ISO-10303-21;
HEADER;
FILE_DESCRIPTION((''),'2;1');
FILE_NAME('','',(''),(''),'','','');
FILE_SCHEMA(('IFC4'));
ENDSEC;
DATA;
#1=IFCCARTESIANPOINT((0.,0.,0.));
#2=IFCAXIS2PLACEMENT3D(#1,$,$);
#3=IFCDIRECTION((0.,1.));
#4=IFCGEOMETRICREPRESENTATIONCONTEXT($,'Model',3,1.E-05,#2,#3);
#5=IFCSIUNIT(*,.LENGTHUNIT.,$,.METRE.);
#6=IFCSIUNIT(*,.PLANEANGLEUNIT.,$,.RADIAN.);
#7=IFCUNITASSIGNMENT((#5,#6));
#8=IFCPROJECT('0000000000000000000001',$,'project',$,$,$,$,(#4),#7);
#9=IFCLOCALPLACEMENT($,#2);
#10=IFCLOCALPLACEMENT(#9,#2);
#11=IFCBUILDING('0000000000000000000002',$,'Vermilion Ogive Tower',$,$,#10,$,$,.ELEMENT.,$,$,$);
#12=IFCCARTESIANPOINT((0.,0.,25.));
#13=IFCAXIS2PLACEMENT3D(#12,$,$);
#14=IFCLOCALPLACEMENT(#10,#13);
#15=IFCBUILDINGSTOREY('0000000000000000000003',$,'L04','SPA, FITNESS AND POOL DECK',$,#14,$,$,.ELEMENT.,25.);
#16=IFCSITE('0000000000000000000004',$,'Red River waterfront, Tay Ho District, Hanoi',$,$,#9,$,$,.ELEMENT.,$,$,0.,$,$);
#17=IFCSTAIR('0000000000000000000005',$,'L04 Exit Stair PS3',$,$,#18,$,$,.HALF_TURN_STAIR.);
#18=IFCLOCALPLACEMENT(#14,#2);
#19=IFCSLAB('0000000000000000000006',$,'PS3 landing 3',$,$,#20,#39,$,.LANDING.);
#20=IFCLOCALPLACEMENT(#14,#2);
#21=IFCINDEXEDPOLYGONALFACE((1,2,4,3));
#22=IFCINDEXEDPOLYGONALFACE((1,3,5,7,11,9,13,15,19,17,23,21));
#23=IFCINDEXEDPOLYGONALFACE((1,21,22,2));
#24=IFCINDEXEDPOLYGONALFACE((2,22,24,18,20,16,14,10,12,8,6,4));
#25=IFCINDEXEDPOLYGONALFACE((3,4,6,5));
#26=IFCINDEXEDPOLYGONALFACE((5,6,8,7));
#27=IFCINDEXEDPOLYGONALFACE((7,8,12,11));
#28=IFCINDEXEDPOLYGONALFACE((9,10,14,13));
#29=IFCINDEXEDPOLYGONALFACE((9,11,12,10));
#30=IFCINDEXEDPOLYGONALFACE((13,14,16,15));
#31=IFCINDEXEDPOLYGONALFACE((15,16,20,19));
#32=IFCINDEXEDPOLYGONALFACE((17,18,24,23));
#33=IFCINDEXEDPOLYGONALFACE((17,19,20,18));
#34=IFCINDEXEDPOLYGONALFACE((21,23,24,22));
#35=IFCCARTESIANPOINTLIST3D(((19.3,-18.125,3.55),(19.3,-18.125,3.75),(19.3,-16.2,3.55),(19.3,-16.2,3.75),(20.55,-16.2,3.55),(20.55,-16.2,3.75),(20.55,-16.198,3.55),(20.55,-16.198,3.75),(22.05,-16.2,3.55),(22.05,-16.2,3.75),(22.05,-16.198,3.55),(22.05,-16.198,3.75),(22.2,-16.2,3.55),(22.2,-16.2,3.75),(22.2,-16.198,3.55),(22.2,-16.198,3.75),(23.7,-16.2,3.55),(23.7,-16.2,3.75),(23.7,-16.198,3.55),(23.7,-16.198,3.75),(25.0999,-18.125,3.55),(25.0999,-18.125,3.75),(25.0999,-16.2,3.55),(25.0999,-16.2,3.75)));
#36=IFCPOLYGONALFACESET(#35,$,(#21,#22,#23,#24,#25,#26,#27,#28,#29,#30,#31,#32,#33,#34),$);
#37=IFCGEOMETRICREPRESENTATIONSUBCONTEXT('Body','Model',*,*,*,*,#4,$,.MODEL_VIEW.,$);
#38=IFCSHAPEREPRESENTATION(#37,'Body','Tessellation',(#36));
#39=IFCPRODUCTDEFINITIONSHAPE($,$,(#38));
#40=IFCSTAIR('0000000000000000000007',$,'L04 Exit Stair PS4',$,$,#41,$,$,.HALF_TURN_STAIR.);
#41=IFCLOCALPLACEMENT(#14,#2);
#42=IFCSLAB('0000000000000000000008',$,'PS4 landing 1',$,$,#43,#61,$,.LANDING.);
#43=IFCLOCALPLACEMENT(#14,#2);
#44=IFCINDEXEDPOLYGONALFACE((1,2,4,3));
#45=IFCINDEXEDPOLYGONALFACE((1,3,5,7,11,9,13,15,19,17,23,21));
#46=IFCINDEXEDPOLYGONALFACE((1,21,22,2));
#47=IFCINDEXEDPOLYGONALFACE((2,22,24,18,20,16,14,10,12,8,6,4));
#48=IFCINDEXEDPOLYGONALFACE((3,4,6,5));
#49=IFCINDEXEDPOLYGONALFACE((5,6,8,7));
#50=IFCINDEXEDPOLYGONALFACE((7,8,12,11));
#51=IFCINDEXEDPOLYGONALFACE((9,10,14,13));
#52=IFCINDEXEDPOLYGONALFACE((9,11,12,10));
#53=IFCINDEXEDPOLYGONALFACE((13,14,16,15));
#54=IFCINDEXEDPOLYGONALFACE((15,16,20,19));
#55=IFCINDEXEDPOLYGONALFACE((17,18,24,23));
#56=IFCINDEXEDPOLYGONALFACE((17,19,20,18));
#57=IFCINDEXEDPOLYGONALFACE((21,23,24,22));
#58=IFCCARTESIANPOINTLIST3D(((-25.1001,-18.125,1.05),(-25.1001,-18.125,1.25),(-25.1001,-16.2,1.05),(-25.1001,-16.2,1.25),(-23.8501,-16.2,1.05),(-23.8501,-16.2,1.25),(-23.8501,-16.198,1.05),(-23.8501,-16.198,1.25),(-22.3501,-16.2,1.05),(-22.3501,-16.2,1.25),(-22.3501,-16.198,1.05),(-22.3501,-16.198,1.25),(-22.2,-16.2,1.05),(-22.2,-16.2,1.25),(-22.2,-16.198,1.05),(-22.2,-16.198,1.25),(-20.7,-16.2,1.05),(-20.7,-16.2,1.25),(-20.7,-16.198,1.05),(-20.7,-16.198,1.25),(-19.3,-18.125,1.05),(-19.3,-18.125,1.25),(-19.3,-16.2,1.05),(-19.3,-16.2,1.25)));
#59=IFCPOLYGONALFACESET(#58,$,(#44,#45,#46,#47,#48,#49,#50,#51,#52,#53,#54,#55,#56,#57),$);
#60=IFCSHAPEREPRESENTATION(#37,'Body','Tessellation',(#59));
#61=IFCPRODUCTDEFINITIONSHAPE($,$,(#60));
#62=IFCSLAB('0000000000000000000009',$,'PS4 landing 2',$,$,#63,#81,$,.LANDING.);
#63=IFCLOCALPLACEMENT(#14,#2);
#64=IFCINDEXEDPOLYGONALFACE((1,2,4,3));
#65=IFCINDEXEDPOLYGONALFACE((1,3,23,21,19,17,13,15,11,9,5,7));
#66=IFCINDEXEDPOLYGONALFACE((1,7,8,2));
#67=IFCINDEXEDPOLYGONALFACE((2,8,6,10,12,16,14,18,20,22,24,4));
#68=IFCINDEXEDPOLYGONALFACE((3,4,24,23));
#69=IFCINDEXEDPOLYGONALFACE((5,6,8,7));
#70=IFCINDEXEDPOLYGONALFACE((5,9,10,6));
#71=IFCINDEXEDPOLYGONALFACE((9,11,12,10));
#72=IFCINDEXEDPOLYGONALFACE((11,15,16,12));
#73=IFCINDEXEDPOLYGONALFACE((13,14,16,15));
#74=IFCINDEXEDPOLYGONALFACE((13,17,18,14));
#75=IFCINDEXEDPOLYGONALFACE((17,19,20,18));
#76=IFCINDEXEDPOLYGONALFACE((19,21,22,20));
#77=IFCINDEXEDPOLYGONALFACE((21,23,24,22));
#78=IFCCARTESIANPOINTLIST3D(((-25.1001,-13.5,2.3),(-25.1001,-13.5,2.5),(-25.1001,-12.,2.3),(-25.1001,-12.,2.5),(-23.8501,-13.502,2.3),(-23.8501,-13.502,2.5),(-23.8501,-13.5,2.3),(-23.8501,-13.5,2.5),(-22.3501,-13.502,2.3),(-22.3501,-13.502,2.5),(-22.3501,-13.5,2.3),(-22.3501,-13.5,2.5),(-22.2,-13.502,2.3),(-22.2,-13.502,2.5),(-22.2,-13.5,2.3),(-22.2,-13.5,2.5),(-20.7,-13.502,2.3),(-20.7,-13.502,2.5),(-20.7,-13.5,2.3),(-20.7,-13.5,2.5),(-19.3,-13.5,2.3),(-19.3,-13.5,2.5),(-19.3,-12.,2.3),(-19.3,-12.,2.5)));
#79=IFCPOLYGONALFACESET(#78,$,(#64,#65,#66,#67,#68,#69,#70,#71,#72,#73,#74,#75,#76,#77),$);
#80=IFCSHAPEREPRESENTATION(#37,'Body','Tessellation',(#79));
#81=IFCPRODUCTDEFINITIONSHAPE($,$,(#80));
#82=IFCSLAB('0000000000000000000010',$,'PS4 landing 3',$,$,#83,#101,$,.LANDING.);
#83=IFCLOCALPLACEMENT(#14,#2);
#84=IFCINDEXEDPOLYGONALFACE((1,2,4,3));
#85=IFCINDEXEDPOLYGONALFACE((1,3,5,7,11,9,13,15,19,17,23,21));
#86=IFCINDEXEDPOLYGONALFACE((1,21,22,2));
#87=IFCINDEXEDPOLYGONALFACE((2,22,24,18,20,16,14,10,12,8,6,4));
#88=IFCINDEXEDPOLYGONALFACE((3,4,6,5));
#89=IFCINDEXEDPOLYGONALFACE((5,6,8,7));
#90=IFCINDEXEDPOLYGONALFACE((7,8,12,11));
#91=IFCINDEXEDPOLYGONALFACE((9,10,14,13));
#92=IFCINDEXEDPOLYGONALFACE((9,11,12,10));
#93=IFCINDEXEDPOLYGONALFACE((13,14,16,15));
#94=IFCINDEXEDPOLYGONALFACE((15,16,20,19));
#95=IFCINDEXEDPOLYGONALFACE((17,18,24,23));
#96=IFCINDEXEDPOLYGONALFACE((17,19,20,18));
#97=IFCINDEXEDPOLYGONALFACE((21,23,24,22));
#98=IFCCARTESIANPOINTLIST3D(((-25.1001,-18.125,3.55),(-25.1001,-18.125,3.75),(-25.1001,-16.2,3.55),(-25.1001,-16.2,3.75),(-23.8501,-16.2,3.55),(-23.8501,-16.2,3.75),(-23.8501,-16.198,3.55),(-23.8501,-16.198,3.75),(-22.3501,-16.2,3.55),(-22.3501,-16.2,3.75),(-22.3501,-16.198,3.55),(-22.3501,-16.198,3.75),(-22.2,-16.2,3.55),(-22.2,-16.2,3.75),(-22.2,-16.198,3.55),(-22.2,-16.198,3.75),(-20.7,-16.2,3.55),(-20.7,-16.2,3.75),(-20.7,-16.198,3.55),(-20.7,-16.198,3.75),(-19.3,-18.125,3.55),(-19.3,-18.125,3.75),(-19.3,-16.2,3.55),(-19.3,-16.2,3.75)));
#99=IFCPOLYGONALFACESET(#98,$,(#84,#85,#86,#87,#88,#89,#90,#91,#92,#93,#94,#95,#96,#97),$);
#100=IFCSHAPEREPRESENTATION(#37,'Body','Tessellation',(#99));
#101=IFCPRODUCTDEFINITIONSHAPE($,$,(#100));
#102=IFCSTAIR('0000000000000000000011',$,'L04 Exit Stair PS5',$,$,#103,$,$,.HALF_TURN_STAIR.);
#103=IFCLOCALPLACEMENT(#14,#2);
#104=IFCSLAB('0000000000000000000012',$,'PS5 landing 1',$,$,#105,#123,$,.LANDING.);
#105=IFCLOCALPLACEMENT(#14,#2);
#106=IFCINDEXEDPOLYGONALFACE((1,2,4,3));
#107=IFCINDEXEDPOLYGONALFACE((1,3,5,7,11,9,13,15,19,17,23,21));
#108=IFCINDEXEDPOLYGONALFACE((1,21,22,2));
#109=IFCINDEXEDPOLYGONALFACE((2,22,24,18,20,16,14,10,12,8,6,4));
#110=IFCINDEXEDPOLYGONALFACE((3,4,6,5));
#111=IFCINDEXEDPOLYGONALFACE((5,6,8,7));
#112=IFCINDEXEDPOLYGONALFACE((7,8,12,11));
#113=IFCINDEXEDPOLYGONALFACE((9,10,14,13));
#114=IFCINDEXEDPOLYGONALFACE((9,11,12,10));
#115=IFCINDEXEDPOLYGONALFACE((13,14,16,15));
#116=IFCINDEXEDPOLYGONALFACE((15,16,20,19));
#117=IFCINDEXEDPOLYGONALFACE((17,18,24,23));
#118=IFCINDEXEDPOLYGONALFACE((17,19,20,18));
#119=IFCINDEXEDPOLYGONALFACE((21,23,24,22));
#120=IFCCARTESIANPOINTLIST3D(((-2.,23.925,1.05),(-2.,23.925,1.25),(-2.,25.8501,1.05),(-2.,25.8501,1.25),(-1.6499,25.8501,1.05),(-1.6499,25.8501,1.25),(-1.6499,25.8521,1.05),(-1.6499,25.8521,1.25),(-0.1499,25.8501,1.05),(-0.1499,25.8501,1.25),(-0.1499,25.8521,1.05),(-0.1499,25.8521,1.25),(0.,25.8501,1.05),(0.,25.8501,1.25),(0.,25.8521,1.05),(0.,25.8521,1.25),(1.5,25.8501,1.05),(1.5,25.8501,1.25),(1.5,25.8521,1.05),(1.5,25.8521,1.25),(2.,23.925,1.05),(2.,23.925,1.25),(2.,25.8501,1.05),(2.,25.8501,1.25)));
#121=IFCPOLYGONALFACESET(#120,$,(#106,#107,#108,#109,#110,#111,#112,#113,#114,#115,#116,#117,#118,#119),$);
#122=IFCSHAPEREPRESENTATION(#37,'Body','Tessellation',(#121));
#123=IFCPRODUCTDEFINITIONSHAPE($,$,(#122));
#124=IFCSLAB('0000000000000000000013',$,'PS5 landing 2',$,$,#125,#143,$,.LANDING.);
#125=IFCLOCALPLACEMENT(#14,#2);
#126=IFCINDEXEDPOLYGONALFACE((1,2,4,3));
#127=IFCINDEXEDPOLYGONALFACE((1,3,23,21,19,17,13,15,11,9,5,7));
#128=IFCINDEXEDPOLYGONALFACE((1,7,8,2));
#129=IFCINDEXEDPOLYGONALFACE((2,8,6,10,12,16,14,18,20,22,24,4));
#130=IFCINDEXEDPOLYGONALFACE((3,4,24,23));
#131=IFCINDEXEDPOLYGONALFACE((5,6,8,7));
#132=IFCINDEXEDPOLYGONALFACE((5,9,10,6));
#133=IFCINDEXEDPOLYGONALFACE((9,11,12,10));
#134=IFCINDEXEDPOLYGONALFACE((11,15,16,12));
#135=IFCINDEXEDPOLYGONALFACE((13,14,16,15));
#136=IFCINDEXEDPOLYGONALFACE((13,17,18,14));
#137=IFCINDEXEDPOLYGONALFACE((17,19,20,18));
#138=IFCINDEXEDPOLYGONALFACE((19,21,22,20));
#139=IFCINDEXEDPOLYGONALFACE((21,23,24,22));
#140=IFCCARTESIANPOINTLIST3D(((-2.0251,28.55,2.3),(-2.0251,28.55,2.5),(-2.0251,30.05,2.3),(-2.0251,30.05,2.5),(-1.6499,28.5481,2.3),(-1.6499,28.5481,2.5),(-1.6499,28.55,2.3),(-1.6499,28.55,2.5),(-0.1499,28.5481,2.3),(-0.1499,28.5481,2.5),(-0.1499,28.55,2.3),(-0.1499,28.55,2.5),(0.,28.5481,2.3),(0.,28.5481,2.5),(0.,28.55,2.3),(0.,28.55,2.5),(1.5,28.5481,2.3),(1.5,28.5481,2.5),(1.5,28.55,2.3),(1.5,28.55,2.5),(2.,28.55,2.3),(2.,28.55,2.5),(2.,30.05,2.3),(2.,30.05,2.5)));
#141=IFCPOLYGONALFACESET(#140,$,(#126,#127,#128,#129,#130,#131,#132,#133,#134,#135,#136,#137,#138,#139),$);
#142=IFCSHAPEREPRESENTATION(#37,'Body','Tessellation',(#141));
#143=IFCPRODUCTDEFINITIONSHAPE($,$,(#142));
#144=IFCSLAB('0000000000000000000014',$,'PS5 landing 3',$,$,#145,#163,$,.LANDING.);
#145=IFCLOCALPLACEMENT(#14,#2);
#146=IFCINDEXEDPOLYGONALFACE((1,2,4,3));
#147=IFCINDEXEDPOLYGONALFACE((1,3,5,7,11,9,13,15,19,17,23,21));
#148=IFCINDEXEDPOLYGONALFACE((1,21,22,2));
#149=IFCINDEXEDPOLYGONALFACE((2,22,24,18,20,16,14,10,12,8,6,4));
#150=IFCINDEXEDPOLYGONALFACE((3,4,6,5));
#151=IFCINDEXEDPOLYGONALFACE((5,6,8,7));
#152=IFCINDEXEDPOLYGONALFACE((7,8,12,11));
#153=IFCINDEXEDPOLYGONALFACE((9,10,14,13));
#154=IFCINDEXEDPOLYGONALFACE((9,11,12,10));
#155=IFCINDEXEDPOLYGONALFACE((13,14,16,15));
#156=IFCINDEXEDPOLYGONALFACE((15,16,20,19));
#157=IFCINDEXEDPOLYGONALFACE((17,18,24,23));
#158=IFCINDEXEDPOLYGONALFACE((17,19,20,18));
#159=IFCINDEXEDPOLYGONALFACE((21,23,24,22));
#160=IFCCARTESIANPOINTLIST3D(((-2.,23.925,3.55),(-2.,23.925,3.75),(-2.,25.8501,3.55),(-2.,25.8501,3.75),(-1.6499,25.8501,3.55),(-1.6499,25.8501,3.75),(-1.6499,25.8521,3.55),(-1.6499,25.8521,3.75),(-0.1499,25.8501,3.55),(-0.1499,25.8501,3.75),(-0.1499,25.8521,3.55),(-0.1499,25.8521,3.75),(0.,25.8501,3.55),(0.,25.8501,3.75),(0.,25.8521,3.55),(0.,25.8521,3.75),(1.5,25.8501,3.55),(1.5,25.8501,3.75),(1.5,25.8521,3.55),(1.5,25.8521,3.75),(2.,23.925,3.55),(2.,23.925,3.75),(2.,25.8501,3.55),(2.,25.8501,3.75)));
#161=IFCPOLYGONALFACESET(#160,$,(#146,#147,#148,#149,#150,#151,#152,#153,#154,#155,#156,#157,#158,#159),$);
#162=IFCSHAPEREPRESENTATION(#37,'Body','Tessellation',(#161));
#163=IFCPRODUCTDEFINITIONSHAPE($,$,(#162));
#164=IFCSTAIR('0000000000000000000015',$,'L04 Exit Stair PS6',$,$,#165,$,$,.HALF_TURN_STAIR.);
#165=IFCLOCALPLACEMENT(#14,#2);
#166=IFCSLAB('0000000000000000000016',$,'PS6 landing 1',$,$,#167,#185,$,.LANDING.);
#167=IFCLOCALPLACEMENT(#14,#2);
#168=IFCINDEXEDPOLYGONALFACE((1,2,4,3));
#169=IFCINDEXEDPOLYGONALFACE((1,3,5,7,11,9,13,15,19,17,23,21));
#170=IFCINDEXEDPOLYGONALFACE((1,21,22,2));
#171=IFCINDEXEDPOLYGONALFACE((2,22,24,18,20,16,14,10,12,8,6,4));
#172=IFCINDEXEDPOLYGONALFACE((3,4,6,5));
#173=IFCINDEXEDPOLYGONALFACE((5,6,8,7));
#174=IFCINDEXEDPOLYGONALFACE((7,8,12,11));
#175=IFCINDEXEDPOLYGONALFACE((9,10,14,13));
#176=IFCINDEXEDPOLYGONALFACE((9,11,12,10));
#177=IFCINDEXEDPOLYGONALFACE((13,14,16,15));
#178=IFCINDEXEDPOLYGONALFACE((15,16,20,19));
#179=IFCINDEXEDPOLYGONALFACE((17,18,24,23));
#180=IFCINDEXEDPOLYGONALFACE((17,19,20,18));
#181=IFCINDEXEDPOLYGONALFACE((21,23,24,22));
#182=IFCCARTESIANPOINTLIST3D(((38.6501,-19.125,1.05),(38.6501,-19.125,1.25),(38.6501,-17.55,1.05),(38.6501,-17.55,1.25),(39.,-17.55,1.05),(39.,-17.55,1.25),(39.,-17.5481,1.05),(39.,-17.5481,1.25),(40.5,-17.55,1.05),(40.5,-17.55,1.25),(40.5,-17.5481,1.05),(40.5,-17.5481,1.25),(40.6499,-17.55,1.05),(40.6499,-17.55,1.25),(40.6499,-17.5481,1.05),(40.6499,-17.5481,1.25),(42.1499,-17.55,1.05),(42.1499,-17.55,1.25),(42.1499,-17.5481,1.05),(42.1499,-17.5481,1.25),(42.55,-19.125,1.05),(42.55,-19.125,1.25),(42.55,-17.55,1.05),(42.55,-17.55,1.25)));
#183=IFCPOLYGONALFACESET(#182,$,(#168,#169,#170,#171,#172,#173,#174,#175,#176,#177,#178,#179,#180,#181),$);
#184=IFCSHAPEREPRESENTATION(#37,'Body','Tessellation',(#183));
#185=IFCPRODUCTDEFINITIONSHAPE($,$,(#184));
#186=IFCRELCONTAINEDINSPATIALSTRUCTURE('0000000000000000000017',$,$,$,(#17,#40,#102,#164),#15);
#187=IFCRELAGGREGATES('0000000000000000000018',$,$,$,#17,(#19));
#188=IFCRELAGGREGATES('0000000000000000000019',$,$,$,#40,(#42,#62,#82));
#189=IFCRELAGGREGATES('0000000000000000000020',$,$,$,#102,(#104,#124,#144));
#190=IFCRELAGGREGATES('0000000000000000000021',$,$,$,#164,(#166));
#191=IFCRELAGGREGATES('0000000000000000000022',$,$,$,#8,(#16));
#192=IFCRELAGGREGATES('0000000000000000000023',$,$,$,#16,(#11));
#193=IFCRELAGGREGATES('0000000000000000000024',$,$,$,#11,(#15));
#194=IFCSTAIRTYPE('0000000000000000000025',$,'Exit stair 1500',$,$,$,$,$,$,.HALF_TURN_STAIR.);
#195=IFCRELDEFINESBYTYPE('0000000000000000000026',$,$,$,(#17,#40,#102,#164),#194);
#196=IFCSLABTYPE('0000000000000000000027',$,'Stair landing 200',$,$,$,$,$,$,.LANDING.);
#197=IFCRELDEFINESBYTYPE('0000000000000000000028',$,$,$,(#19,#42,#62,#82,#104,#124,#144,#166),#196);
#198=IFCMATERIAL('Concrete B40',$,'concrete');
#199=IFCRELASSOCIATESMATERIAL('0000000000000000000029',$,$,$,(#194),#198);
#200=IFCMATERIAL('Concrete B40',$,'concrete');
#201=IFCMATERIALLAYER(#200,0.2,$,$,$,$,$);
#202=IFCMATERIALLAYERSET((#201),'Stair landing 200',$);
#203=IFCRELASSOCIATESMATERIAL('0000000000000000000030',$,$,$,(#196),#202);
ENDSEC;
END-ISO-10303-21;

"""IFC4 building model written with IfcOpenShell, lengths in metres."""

from ifc_helpers import new_model, si_unit, direction, frame, origin, place, context, subcontext, project, spatial, polyline, outline, extrude, material, layer, layer_set, type_object, element, aggregate, save


model = new_model("IFC4")

# Units and contexts
model_context = context("Model", 3, precision=1e-05, world=origin(), true_north=direction((0.0, 1.0)))
body_context = subcontext(model_context, "Body", "Model", "MODEL_VIEW")
ifc_project = project(units=[si_unit("LENGTHUNIT", "METRE"), si_unit("PLANEANGLEUNIT", "RADIAN")], contexts=[model_context])

# Site, building, storey
site_placement = place(None, origin())
site = spatial("IfcSite", under=ifc_project, at=site_placement, Name="Red River waterfront, Tay Ho District, Hanoi", CompositionType="ELEMENT", RefElevation=0.0)
building_placement = place(site_placement, origin())
building = spatial("IfcBuilding", under=site, at=building_placement, Name="Vermilion Ogive Tower", CompositionType="ELEMENT")
storey_placement = place(building_placement, frame((0.0, 0.0, 25.0)))
storey = spatial("IfcBuildingStorey", under=building, at=storey_placement, Name="L04", Description="SPA, FITNESS AND POOL DECK", CompositionType="ELEMENT", Elevation=25.0)

# Shared definitions
ifc_material_1 = material(Name="Concrete B40", Category="concrete")
stair_type = type_object("IfcStairType", Name="Exit stair 1500", PredefinedType="HALF_TURN_STAIR", material=ifc_material_1)
ifc_material_2 = material(Name="Concrete B40", Category="concrete")
ifc_layer_1 = layer(ifc_material_2, 0.2)
ifc_layer_set_1 = layer_set([ifc_layer_1], Name="Stair landing 200")
slab_type_1 = type_object("IfcSlabType", Name="Stair landing 200", PredefinedType="LANDING", material=ifc_layer_set_1)

# Stairs, slabs
stair_1_placement = place(storey_placement, origin())
stair_1 = element("IfcStair", 1, at=stair_1_placement, inside=storey, type_object=stair_type, Name="L04 Exit Stair PS3", PredefinedType="HALF_TURN_STAIR")
slab_1_placement = place(storey_placement, frame((0.0, 0.0, 3.55)))
slab_1 = element("IfcSlab", 2, at=slab_1_placement, type_object=slab_type_1, Name="PS3 landing 3", PredefinedType="LANDING", context=body_context, shape_type="SweptSolid", body=[
    extrude(outline(polyline([(25.0999, -16.2), (23.7, -16.2), (23.7, -16.198), (22.2, -16.198), (22.2, -16.2), (22.05, -16.2), (22.05, -16.198), (20.55, -16.198), (20.55, -16.2), (19.3, -16.2), (19.3, -18.125), (25.0999, -18.125), (25.0999, -16.2)])), origin(), (0.0, 0.0, 1.0), 0.2),
])
aggregate(stair_1, [slab_1])
stair_2_placement = place(storey_placement, origin())
stair_2 = element("IfcStair", 3, at=stair_2_placement, inside=storey, type_object=stair_type, Name="L04 Exit Stair PS4", PredefinedType="HALF_TURN_STAIR")
slab_2_placement = place(storey_placement, frame((0.0, 0.0, 1.05)))
slab_2 = element("IfcSlab", 4, at=slab_2_placement, type_object=slab_type_1, Name="PS4 landing 1", PredefinedType="LANDING", context=body_context, shape_type="SweptSolid", body=[
    extrude(outline(polyline([(-19.3, -16.2), (-20.7, -16.2), (-20.7, -16.198), (-22.2, -16.198), (-22.2, -16.2), (-22.3501, -16.2), (-22.3501, -16.198), (-23.8501, -16.198), (-23.8501, -16.2), (-25.1001, -16.2), (-25.1001, -18.125), (-19.3, -18.125), (-19.3, -16.2)])), origin(), (0.0, 0.0, 1.0), 0.2),
])
slab_3_placement = place(storey_placement, frame((0.0, 0.0, 2.3)))
slab_3 = element("IfcSlab", 5, at=slab_3_placement, type_object=slab_type_1, Name="PS4 landing 2", PredefinedType="LANDING", context=body_context, shape_type="SweptSolid", body=[
    extrude(outline(polyline([(-25.1001, -13.5), (-23.8501, -13.5), (-23.8501, -13.502), (-22.3501, -13.502), (-22.3501, -13.5), (-22.2, -13.5), (-22.2, -13.502), (-20.7, -13.502), (-20.7, -13.5), (-19.3, -13.5), (-19.3, -12.0), (-25.1001, -12.0), (-25.1001, -13.5)])), origin(), (0.0, 0.0, 1.0), 0.2),
])
slab_4_placement = place(storey_placement, frame((0.0, 0.0, 3.55)))
slab_4 = element("IfcSlab", 6, at=slab_4_placement, type_object=slab_type_1, Name="PS4 landing 3", PredefinedType="LANDING", context=body_context, shape_type="SweptSolid", body=[
    extrude(outline(polyline([(-19.3, -16.2), (-20.7, -16.2), (-20.7, -16.198), (-22.2, -16.198), (-22.2, -16.2), (-22.3501, -16.2), (-22.3501, -16.198), (-23.8501, -16.198), (-23.8501, -16.2), (-25.1001, -16.2), (-25.1001, -18.125), (-19.3, -18.125), (-19.3, -16.2)])), origin(), (0.0, 0.0, 1.0), 0.2),
])
aggregate(stair_2, [slab_2, slab_3, slab_4])
stair_3_placement = place(storey_placement, origin())
stair_3 = element("IfcStair", 7, at=stair_3_placement, inside=storey, type_object=stair_type, Name="L04 Exit Stair PS5", PredefinedType="HALF_TURN_STAIR")
slab_5_placement = place(storey_placement, frame((0.0, 0.0, 1.05)))
slab_5 = element("IfcSlab", 8, at=slab_5_placement, type_object=slab_type_1, Name="PS5 landing 1", PredefinedType="LANDING", context=body_context, shape_type="SweptSolid", body=[
    extrude(outline(polyline([(2.0, 25.8501), (1.5, 25.8501), (1.5, 25.8521), (0.0, 25.8521), (0.0, 25.8501), (-0.1499, 25.8501), (-0.1499, 25.8521), (-1.6499, 25.8521), (-1.6499, 25.8501), (-2.0, 25.8501), (-2.0, 23.925), (2.0, 23.925), (2.0, 25.8501)])), origin(), (0.0, 0.0, 1.0), 0.2),
])
slab_6_placement = place(storey_placement, frame((0.0, 0.0, 2.3)))
slab_6 = element("IfcSlab", 9, at=slab_6_placement, type_object=slab_type_1, Name="PS5 landing 2", PredefinedType="LANDING", context=body_context, shape_type="SweptSolid", body=[
    extrude(outline(polyline([(-2.0251, 28.55), (-1.6499, 28.55), (-1.6499, 28.5481), (-0.1499, 28.5481), (-0.1499, 28.55), (0.0, 28.55), (0.0, 28.5481), (1.5, 28.5481), (1.5, 28.55), (2.0, 28.55), (2.0, 30.05), (-2.0251, 30.05), (-2.0251, 28.55)])), origin(), (0.0, 0.0, 1.0), 0.2),
])
slab_7_placement = place(storey_placement, frame((0.0, 0.0, 3.55)))
slab_7 = element("IfcSlab", 10, at=slab_7_placement, type_object=slab_type_1, Name="PS5 landing 3", PredefinedType="LANDING", context=body_context, shape_type="SweptSolid", body=[
    extrude(outline(polyline([(2.0, 25.8501), (1.5, 25.8501), (1.5, 25.8521), (0.0, 25.8521), (0.0, 25.8501), (-0.1499, 25.8501), (-0.1499, 25.8521), (-1.6499, 25.8521), (-1.6499, 25.8501), (-2.0, 25.8501), (-2.0, 23.925), (2.0, 23.925), (2.0, 25.8501)])), origin(), (0.0, 0.0, 1.0), 0.2),
])
aggregate(stair_3, [slab_5, slab_6, slab_7])
stair_4_placement = place(storey_placement, origin())
stair_4 = element("IfcStair", 11, at=stair_4_placement, inside=storey, type_object=stair_type, Name="L04 Exit Stair PS6", PredefinedType="HALF_TURN_STAIR")
slab_8_placement = place(storey_placement, frame((0.0, 0.0, 1.05)))
slab_8 = element("IfcSlab", 12, at=slab_8_placement, type_object=slab_type_1, Name="PS6 landing 1", PredefinedType="LANDING", context=body_context, shape_type="SweptSolid", body=[
    extrude(outline(polyline([(42.55, -17.55), (42.1499, -17.55), (42.1499, -17.5481), (40.6499, -17.5481), (40.6499, -17.55), (40.5, -17.55), (40.5, -17.5481), (39.0, -17.5481), (39.0, -17.55), (38.6501, -17.55), (38.6501, -19.125), (42.55, -19.125), (42.55, -17.55)])), origin(), (0.0, 0.0, 1.0), 0.2),
])
aggregate(stair_4, [slab_8])

save(model, "model.ifc")
